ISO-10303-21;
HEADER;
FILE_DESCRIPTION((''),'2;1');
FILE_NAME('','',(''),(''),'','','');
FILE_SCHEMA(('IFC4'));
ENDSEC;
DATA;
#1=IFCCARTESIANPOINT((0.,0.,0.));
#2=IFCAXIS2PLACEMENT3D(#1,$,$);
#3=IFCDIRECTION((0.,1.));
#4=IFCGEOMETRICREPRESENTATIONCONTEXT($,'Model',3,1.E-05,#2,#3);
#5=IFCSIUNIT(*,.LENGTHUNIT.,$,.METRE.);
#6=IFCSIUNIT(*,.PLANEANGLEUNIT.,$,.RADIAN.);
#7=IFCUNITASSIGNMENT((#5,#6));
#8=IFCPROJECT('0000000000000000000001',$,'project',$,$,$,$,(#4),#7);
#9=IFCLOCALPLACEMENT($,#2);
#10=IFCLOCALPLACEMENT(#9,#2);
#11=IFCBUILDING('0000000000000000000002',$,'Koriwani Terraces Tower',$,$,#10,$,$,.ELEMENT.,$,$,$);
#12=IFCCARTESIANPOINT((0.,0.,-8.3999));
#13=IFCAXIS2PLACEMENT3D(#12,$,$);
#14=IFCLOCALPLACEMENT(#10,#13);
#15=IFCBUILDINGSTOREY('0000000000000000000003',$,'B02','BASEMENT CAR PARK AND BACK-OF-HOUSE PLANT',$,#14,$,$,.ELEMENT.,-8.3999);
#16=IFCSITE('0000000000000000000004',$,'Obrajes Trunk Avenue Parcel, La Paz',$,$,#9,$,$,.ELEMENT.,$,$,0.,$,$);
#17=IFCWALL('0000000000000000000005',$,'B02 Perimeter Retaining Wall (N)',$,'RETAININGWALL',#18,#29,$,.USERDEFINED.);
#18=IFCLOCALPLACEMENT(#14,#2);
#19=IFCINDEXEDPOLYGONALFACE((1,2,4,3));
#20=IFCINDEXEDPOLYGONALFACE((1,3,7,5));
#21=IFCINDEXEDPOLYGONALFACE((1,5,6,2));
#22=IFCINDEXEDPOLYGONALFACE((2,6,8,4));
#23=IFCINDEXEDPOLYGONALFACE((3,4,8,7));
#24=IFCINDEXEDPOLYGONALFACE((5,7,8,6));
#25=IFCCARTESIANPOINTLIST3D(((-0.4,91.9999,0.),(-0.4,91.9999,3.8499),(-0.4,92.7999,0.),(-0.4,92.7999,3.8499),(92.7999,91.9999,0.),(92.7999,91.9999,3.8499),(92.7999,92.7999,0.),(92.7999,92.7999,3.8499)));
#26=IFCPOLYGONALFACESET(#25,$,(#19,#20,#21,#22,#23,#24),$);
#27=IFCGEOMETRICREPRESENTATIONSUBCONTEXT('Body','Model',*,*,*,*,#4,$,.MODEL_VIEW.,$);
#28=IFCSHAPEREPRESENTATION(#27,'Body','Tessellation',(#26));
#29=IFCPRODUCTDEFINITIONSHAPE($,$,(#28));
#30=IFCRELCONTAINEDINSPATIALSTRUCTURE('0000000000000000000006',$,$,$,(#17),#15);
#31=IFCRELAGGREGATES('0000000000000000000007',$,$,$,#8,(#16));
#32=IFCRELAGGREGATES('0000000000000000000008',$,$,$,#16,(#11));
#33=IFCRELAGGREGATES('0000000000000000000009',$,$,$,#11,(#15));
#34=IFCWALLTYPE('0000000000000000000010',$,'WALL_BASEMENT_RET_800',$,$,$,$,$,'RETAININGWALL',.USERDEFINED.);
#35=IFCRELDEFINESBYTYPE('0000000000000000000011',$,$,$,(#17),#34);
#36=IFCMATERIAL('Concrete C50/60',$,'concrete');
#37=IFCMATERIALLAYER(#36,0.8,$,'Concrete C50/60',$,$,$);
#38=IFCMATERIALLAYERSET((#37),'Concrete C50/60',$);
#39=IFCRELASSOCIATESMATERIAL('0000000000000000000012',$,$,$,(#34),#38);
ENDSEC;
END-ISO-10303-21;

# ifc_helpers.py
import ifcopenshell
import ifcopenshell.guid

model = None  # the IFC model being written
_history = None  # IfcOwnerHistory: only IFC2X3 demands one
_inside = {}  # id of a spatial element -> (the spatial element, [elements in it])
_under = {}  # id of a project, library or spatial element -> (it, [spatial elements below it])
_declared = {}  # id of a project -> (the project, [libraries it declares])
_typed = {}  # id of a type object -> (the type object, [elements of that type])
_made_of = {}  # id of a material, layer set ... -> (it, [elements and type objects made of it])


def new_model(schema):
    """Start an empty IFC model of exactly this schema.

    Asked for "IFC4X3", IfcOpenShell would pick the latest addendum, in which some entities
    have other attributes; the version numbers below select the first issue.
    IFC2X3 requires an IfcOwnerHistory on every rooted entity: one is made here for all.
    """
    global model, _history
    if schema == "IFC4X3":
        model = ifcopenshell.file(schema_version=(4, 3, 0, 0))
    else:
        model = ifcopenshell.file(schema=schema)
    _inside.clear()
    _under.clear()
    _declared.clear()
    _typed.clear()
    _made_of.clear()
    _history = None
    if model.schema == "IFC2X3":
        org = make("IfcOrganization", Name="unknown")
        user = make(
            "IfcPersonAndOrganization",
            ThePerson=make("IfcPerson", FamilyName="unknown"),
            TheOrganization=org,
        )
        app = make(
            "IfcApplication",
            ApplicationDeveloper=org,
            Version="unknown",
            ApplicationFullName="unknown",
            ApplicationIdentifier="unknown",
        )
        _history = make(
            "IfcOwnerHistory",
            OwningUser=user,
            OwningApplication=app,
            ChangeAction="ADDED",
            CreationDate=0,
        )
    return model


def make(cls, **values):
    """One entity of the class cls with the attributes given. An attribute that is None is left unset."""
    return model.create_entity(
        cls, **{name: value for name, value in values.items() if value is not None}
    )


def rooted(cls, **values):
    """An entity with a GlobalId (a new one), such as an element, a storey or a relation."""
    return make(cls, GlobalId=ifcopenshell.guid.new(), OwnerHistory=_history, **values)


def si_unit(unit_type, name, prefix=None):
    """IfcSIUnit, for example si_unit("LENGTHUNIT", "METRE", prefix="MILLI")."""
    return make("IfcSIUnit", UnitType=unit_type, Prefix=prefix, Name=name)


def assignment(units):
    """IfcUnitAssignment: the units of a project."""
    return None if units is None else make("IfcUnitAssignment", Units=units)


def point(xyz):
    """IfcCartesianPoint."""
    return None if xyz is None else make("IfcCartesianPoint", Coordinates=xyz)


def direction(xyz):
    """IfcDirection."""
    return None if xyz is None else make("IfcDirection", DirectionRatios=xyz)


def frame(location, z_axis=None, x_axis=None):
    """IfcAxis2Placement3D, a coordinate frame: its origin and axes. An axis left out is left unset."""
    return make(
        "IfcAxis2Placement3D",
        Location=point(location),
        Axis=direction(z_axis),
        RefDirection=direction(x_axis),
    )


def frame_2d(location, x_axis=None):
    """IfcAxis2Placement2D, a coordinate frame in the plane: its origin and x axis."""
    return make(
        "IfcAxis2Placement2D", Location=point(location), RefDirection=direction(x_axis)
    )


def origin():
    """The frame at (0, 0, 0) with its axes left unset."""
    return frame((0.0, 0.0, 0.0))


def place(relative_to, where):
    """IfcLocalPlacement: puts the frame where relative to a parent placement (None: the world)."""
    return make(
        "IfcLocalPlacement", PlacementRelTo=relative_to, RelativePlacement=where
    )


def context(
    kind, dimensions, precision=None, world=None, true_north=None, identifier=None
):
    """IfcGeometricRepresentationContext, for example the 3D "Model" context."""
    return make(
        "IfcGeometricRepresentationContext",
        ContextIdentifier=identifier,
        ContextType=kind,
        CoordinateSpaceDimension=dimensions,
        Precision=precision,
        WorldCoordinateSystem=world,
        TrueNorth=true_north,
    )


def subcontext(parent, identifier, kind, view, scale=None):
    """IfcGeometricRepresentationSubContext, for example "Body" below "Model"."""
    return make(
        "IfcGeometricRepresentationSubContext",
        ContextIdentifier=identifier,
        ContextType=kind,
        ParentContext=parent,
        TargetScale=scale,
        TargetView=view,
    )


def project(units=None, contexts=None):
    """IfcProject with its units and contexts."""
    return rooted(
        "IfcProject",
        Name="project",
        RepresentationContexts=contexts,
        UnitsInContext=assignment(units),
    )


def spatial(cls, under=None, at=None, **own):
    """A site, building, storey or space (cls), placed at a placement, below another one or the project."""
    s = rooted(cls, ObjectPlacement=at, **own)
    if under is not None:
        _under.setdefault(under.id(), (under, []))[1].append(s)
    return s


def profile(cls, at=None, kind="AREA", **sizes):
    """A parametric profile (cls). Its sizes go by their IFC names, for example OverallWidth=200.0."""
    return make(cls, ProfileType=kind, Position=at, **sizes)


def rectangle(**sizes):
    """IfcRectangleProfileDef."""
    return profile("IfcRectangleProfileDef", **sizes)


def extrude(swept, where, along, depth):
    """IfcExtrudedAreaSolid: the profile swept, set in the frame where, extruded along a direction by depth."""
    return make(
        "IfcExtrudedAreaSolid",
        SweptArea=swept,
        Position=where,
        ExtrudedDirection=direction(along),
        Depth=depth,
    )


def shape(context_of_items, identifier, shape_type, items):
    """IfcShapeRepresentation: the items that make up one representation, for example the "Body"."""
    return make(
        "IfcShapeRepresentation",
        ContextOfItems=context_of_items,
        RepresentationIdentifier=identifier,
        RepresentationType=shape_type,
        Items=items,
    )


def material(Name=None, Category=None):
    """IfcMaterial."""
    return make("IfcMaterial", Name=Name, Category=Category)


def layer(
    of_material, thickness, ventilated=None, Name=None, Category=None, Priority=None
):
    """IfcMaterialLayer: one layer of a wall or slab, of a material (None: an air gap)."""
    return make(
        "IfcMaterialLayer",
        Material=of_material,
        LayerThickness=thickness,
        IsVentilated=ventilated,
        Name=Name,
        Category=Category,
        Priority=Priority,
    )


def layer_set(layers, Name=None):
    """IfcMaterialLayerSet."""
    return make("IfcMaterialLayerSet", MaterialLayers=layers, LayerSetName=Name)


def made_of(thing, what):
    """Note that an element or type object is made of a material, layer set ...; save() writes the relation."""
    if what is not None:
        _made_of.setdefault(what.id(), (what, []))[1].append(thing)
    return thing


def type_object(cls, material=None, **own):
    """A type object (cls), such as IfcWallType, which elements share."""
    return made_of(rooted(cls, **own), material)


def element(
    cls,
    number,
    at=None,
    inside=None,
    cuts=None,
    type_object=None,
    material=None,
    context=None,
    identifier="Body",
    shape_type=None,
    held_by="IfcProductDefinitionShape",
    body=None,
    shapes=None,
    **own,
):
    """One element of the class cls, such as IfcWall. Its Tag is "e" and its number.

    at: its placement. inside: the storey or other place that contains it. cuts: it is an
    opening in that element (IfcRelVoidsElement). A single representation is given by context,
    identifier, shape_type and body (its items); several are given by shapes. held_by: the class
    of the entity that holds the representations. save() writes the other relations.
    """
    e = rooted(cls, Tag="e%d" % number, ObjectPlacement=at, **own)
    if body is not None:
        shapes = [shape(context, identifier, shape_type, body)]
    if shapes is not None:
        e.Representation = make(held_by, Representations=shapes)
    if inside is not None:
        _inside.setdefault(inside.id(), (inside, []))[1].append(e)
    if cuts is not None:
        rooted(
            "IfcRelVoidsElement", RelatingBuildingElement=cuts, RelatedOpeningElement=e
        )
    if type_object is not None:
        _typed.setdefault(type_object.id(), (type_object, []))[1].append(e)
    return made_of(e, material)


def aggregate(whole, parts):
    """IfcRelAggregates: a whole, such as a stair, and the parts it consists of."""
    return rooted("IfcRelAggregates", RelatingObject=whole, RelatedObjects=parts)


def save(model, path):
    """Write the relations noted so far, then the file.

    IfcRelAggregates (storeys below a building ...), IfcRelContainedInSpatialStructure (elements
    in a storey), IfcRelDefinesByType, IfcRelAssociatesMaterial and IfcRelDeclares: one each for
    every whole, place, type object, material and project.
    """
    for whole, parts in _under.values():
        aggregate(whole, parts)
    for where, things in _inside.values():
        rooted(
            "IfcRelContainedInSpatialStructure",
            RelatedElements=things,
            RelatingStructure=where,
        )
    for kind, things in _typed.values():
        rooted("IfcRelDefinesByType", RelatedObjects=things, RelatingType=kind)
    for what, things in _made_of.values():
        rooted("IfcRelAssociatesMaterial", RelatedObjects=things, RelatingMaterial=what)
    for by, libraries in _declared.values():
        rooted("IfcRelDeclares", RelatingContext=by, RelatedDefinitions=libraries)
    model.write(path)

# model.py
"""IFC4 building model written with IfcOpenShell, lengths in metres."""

from ifc_helpers import new_model, si_unit, direction, frame, frame_2d, origin, place, context, subcontext, project, spatial, rectangle, extrude, material, layer, layer_set, type_object, element, save


model = new_model("IFC4")

# Units and contexts
model_context = context("Model", 3, precision=1e-05, world=origin(), true_north=direction((0.0, 1.0)))
body_context = subcontext(model_context, "Body", "Model", "MODEL_VIEW")
ifc_project = project(units=[si_unit("LENGTHUNIT", "METRE"), si_unit("PLANEANGLEUNIT", "RADIAN")], contexts=[model_context])

# Site, building, storey
site_placement = place(None, origin())
site = spatial("IfcSite", under=ifc_project, at=site_placement, Name="Obrajes Trunk Avenue Parcel, La Paz", CompositionType="ELEMENT", RefElevation=0.0)
building_placement = place(site_placement, origin())
building = spatial("IfcBuilding", under=site, at=building_placement, Name="Koriwani Terraces Tower", CompositionType="ELEMENT")
storey_placement = place(building_placement, frame((0.0, 0.0, -8.3999)))
storey = spatial("IfcBuildingStorey", under=building, at=storey_placement, Name="B02", Description="BASEMENT CAR PARK AND BACK-OF-HOUSE PLANT", CompositionType="ELEMENT", Elevation=-8.3999)

# Wall
ifc_material_1 = material(Name="Concrete C50/60", Category="concrete")
ifc_layer = layer(ifc_material_1, 0.8, Name="Concrete C50/60")
ifc_layer_set = layer_set([ifc_layer], Name="Concrete C50/60")
wall_type = type_object("IfcWallType", Name="WALL_BASEMENT_RET_800", ElementType="RETAININGWALL", PredefinedType="USERDEFINED", material=ifc_layer_set)
wall_placement = place(storey_placement, frame((92.8, 92.3999, 0.0), z_axis=(0.0, 0.0, 1.0), x_axis=(-1.0, 0.0, 0.0)))
element("IfcWall", 1, at=wall_placement, inside=storey, type_object=wall_type, Name="B02 Perimeter Retaining Wall (N)", ObjectType="RETAININGWALL", PredefinedType="USERDEFINED", context=body_context, shape_type="SweptSolid", body=[
    extrude(rectangle(XDim=93.2, YDim=0.8, at=frame_2d((46.6001, 0.0))), origin(), (0.0, 0.0, 1.0), 3.8499),
])

save(model, "model.ifc")
